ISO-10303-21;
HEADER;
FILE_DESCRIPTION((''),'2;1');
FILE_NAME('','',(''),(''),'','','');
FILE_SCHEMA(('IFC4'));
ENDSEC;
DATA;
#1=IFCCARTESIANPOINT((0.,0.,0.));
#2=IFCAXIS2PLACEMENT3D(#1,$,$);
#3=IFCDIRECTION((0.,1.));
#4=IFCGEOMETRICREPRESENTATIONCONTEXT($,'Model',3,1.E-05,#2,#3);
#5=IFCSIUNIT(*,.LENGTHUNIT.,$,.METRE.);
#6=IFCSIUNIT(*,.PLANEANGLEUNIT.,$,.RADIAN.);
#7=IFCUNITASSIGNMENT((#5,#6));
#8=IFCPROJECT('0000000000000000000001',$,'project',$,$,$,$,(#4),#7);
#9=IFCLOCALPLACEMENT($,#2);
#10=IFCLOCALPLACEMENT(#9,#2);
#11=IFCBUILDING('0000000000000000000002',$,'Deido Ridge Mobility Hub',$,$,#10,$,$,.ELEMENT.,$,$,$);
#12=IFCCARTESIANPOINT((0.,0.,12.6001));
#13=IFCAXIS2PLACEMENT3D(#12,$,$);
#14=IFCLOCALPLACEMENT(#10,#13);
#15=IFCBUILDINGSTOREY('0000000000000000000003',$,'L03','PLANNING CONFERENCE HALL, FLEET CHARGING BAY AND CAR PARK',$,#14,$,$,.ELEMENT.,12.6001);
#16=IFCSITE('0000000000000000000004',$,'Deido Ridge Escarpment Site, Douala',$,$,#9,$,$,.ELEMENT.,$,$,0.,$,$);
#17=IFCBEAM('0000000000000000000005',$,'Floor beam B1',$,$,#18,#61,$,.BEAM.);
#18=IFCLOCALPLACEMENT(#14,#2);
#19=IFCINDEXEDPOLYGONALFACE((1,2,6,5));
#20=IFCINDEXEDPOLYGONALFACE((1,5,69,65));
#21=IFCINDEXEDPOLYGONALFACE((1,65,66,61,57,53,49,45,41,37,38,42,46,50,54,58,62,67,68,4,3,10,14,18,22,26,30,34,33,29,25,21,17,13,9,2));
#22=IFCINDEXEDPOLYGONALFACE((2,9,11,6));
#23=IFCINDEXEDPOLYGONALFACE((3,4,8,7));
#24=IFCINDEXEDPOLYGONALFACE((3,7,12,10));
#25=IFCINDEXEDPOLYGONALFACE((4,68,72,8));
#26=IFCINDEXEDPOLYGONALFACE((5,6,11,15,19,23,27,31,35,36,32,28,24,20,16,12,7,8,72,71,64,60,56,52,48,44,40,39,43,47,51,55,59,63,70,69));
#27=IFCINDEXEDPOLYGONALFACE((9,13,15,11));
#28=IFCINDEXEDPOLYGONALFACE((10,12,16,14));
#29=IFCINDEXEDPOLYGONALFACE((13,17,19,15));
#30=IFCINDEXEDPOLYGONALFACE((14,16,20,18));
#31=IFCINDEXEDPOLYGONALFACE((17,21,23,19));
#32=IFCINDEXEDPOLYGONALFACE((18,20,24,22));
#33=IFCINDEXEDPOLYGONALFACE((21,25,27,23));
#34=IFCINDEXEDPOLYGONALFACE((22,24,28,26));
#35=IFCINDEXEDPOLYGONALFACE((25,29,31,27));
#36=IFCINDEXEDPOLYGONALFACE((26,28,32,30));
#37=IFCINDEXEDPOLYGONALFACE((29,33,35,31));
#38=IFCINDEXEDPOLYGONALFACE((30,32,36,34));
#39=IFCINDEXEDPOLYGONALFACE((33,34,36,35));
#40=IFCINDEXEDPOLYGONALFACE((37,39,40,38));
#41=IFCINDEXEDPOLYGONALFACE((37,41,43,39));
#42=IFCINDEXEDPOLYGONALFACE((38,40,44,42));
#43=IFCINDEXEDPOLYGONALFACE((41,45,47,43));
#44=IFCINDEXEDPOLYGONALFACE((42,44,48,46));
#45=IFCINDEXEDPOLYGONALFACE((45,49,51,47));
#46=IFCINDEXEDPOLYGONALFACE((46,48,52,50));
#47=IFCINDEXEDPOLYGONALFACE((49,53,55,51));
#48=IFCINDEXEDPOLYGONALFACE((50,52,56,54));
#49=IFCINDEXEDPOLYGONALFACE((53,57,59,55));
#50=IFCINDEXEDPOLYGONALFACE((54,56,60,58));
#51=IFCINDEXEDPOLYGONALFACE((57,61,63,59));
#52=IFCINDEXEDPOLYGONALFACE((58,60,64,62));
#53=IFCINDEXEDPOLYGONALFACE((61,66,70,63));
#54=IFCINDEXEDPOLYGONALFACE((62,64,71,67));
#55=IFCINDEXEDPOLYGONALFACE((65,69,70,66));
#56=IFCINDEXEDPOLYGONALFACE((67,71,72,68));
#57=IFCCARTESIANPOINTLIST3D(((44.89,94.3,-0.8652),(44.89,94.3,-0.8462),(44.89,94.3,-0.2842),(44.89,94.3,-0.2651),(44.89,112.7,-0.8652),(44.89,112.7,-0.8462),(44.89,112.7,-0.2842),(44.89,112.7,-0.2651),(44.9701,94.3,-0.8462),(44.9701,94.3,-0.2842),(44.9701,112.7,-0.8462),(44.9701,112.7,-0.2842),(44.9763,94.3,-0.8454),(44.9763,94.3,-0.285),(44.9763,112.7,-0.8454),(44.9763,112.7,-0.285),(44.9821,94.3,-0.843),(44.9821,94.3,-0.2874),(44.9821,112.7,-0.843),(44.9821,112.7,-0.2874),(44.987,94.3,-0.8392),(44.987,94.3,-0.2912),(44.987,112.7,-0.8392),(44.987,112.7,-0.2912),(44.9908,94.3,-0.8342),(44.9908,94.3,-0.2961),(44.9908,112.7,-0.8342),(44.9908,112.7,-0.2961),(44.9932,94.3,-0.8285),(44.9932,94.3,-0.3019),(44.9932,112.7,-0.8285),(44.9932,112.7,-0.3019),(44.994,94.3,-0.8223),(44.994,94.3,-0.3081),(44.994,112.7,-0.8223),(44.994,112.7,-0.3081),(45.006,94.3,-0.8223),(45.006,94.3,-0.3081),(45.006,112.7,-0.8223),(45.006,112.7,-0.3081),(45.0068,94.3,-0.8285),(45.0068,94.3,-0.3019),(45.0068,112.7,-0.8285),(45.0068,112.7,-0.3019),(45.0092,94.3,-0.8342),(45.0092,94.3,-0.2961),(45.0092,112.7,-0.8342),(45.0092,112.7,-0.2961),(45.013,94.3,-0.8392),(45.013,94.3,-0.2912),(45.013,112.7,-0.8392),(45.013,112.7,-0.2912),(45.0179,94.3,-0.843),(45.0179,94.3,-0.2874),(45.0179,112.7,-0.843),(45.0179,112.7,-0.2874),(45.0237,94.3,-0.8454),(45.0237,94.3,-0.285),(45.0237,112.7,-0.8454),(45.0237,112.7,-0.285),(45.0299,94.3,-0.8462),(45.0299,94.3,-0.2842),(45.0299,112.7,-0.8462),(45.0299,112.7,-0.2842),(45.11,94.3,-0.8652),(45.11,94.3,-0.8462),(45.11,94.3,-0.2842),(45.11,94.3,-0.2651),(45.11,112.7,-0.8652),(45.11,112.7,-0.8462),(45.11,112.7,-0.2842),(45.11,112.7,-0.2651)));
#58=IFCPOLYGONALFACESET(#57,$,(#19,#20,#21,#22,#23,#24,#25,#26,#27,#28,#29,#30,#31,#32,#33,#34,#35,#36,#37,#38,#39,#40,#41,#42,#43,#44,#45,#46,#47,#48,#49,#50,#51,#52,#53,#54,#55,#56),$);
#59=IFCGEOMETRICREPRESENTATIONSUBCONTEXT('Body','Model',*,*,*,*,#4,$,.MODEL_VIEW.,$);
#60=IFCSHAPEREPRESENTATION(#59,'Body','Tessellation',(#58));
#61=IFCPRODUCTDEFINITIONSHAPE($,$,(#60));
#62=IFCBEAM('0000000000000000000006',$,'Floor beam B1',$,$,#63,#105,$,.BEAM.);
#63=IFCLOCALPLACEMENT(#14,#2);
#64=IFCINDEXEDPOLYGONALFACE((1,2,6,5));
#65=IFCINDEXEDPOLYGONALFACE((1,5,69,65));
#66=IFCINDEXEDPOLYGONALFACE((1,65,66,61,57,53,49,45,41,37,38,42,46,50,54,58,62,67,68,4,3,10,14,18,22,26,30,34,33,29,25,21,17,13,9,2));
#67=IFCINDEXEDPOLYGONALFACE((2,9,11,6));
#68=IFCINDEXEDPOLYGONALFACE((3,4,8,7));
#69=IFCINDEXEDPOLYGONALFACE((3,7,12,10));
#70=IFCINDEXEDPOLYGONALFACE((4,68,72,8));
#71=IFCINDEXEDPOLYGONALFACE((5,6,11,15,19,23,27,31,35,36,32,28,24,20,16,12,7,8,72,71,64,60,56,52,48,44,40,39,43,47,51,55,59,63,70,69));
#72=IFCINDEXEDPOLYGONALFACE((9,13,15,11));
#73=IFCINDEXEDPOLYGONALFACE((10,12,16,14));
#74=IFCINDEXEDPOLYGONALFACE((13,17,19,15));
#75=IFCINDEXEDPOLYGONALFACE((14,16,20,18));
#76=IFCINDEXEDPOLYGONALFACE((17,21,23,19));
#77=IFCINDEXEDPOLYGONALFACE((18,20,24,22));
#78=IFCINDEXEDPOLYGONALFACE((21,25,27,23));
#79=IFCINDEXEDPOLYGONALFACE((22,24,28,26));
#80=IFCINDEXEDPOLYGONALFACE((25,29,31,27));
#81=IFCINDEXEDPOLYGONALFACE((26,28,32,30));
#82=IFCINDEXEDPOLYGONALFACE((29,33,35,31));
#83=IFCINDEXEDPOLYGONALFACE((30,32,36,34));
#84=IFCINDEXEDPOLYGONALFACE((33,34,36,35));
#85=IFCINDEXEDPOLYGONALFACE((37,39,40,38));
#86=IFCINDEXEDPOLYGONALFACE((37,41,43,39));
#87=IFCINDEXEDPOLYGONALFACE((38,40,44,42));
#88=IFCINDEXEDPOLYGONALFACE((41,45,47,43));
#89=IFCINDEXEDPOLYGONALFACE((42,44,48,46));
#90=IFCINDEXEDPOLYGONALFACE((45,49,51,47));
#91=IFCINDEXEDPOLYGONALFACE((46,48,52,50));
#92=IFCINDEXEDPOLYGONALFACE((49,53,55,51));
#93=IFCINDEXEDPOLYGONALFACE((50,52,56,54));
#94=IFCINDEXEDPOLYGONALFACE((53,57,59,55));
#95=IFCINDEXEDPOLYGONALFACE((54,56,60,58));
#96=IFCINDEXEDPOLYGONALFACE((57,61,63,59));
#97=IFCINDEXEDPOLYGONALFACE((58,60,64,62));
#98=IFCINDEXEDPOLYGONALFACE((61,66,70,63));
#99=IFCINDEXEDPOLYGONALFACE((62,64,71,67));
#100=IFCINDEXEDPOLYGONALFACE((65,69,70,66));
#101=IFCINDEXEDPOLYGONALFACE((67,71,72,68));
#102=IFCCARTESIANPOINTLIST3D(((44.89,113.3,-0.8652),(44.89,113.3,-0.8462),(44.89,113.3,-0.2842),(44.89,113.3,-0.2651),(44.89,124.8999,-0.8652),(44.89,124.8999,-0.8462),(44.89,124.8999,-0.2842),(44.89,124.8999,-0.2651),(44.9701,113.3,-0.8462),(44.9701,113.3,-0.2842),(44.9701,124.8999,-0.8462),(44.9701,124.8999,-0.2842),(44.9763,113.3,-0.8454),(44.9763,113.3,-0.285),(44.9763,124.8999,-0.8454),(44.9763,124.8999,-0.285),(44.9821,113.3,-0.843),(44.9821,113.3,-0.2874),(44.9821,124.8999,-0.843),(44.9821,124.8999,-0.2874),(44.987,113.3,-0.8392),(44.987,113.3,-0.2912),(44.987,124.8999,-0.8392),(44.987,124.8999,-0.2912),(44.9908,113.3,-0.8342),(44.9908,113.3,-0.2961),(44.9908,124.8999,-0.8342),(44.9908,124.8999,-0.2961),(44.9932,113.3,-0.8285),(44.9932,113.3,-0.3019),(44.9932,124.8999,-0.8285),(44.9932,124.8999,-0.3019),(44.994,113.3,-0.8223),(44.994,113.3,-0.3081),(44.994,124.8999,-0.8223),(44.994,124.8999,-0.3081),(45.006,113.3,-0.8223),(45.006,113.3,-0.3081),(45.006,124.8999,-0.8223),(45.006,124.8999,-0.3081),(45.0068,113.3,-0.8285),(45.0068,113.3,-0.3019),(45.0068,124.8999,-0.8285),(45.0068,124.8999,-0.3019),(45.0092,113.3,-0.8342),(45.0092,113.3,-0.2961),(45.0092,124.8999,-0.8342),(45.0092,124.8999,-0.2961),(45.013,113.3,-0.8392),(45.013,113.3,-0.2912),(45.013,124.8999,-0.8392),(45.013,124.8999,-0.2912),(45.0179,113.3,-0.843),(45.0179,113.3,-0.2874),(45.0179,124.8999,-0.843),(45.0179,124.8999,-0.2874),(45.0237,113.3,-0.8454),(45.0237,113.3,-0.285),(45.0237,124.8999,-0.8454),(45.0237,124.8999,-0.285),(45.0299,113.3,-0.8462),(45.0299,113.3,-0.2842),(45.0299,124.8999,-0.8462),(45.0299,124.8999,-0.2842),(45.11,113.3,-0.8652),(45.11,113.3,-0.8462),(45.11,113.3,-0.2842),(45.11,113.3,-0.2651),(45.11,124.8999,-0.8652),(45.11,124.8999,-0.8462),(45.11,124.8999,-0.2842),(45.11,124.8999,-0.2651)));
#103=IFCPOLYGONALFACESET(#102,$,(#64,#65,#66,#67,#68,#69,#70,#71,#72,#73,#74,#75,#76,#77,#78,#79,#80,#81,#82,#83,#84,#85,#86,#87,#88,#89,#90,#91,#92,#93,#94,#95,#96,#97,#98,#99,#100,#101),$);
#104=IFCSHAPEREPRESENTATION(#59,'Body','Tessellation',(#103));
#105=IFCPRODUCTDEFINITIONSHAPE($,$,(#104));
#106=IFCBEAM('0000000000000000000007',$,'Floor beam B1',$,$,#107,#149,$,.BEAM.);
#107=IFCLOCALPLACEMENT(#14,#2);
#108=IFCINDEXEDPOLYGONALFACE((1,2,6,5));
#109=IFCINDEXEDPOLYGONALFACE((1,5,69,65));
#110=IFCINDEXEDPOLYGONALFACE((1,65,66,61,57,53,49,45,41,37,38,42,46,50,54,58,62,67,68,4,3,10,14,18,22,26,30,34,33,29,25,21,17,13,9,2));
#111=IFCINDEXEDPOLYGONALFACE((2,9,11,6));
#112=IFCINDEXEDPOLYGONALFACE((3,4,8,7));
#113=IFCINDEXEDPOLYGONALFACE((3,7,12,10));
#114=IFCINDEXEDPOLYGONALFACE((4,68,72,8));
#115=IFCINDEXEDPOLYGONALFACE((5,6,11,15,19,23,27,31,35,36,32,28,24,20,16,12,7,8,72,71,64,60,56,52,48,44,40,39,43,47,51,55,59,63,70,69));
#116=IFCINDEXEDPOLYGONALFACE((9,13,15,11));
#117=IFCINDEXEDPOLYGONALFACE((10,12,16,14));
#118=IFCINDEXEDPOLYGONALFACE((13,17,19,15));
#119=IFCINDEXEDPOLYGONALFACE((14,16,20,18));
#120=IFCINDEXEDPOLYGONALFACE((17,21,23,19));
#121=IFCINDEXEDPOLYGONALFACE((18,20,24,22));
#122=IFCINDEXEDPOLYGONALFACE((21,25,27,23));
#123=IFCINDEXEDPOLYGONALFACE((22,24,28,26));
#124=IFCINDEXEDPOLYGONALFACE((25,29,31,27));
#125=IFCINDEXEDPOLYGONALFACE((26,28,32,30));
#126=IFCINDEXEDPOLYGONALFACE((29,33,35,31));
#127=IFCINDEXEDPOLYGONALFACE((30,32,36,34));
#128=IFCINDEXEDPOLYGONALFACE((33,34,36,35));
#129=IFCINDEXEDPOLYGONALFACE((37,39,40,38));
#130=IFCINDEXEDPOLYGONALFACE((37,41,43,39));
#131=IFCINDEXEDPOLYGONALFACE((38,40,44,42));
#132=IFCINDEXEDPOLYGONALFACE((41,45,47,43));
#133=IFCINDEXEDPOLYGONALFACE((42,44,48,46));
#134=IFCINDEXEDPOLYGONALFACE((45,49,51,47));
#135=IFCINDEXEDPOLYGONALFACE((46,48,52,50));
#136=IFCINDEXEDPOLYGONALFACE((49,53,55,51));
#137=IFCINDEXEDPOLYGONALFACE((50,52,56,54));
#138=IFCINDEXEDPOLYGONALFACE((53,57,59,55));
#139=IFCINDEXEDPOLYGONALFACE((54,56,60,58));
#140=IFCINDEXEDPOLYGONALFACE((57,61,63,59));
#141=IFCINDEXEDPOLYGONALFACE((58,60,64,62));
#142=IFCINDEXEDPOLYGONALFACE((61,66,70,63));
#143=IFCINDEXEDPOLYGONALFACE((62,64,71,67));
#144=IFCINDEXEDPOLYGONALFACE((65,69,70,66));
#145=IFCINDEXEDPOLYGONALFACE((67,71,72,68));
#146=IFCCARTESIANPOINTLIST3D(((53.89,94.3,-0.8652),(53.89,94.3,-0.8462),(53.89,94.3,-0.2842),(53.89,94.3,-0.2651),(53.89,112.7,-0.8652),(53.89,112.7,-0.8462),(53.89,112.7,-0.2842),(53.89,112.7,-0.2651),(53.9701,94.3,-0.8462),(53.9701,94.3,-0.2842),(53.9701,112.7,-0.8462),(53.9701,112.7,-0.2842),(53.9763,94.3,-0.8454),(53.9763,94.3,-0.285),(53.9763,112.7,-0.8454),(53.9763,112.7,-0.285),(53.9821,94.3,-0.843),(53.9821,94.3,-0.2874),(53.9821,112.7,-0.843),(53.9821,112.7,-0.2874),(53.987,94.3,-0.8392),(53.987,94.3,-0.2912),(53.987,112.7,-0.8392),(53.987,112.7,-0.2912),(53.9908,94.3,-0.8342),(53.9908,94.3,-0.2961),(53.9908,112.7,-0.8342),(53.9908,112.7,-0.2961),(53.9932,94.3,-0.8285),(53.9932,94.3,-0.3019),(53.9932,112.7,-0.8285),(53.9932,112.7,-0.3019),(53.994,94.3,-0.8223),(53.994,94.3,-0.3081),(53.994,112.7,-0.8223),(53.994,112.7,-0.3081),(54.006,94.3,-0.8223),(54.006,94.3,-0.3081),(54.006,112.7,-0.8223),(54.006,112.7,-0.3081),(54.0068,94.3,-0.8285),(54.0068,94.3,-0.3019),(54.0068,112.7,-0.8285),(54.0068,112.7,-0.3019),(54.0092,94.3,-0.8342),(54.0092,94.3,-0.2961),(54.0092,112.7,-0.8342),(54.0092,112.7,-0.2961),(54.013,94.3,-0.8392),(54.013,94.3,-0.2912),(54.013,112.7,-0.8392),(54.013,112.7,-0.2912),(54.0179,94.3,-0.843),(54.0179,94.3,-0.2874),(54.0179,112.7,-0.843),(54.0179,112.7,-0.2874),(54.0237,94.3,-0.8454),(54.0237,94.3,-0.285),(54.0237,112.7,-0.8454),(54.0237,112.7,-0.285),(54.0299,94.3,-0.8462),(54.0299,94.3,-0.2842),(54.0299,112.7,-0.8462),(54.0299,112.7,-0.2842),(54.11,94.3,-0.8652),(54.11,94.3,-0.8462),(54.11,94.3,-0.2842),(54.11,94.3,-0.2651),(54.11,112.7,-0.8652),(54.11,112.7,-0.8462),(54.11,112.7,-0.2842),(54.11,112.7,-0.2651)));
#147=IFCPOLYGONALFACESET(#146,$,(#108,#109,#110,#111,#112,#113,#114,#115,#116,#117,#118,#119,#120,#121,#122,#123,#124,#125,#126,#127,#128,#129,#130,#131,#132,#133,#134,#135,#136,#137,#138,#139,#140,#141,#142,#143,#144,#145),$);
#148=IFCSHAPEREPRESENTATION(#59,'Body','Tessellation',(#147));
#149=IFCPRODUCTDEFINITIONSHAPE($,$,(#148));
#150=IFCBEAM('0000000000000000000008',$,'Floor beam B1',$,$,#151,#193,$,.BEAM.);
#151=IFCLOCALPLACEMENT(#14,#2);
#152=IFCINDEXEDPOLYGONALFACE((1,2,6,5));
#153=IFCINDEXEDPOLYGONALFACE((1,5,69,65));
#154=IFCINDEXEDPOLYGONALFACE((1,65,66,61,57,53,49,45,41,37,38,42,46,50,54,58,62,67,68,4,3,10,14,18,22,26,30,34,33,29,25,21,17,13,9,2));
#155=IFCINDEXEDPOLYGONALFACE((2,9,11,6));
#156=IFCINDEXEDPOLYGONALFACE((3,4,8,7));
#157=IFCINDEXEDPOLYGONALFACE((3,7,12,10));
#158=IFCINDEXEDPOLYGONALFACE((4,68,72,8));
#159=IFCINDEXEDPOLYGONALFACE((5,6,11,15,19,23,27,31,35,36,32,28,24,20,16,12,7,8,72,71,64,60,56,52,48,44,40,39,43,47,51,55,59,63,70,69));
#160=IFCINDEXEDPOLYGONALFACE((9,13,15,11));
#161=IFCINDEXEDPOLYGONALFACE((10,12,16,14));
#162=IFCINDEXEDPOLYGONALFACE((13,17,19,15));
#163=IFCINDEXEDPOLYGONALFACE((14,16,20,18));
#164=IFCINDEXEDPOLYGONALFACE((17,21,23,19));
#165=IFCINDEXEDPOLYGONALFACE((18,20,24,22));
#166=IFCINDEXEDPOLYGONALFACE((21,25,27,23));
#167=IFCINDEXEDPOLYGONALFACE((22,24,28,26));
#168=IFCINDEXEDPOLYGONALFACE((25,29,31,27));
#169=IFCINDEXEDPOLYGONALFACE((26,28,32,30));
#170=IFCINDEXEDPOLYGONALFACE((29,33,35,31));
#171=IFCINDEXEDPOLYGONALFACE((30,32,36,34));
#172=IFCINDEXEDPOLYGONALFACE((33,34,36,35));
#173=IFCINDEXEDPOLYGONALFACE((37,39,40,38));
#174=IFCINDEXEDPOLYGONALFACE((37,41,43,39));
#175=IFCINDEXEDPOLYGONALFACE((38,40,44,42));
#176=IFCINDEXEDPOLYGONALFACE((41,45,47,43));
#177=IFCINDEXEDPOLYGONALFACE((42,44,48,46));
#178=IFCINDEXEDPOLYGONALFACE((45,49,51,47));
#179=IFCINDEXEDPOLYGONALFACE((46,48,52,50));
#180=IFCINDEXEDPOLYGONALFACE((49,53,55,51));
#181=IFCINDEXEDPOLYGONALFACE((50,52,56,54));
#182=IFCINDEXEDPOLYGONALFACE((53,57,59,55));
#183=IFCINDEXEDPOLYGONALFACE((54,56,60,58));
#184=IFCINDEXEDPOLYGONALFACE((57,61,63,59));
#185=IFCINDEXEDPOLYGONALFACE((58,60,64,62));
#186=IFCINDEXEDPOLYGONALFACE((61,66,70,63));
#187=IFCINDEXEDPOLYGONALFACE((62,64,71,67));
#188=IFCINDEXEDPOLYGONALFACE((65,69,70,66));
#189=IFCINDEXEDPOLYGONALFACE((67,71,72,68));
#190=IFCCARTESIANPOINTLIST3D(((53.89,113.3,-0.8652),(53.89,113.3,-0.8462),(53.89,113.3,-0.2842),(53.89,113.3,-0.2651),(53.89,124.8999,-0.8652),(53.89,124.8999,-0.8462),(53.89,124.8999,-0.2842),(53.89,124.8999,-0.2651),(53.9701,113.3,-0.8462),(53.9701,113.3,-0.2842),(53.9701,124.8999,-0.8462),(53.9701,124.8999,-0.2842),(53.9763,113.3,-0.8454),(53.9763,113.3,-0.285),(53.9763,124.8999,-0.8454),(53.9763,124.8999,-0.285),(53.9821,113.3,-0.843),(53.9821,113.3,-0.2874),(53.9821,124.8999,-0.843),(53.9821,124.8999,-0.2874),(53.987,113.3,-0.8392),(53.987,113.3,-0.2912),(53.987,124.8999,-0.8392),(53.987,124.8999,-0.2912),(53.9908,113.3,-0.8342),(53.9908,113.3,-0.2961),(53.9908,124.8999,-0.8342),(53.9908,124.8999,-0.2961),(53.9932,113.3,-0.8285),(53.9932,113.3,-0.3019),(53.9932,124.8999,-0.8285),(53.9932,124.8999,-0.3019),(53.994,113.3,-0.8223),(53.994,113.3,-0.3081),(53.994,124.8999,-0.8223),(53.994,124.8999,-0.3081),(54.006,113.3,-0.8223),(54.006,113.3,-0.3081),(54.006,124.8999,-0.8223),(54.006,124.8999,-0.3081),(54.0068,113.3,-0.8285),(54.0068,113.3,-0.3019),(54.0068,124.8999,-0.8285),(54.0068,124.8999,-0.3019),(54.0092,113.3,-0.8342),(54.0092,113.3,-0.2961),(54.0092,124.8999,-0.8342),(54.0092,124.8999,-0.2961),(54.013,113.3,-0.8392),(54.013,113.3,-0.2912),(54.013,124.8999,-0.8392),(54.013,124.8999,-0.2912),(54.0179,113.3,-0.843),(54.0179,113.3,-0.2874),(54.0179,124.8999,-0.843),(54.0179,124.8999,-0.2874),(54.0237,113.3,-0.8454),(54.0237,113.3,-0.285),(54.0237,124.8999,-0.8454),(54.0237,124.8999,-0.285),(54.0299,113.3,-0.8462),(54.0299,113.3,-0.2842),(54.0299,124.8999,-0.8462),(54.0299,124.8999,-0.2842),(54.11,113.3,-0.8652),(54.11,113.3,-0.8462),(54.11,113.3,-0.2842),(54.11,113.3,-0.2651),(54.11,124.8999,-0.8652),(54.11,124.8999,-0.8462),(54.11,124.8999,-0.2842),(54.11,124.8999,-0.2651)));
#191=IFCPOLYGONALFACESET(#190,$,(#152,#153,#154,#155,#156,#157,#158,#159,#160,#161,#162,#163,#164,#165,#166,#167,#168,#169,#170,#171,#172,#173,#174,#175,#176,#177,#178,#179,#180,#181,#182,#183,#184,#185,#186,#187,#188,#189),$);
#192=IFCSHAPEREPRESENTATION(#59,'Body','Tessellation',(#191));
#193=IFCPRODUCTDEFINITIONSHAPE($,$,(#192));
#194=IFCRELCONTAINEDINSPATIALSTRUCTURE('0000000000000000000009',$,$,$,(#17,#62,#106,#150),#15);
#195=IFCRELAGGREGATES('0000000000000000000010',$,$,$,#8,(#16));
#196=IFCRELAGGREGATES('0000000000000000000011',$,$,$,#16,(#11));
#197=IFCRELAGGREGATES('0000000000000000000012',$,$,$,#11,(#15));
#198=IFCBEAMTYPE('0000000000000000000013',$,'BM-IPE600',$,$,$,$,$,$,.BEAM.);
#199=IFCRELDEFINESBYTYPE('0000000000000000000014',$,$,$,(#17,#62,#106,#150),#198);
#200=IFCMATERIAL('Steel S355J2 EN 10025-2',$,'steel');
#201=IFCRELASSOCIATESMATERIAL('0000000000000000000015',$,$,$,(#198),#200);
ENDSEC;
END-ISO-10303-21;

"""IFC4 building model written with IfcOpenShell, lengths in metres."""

from ifc_helpers import new_model, si_unit, direction, frame, origin, origin_2d, place, context, subcontext, project, spatial, i_section, extrude, material, material_profile, profile_set, type_object, element, save


model = new_model("IFC4")

# Units and contexts
model_context = context("Model", 3, precision=1e-05, world=origin(), true_north=direction((0.0, 1.0)))
body_context = subcontext(model_context, "Body", "Model", "MODEL_VIEW")
ifc_project = project(units=[si_unit("LENGTHUNIT", "METRE"), si_unit("PLANEANGLEUNIT", "RADIAN")], contexts=[model_context])

# Site, building, storey
site_placement = place(None, origin())
site = spatial("IfcSite", under=ifc_project, at=site_placement, Name="Deido Ridge Escarpment Site, Douala", CompositionType="ELEMENT", RefElevation=0.0)
building_placement = place(site_placement, origin())
building = spatial("IfcBuilding", under=site, at=building_placement, Name="Deido Ridge Mobility Hub", CompositionType="ELEMENT")
storey_placement = place(building_placement, frame((0.0, 0.0, 12.6001)))
storey = spatial("IfcBuildingStorey", under=building, at=storey_placement, Name="L03", Description="PLANNING CONFERENCE HALL, FLEET CHARGING BAY AND CAR PARK", CompositionType="ELEMENT", Elevation=12.6001)

# Shared definitions
ifc_material_1 = material(Name="Steel S355J2 EN 10025-2", Category="steel")

# Beams
ifc_material_profile_1 = material_profile(ifc_material_1, i_section(OverallWidth=0.22, OverallDepth=0.6001, WebThickness=0.012, FlangeThickness=0.019, FilletRadius=0.0239, at=origin_2d()), Name="IPE 600")
ifc_profile_set_1 = profile_set([ifc_material_profile_1], Name="Steel S355J2 EN 10025-2")
beam_type_1 = type_object("IfcBeamType", Name="BM-IPE600", PredefinedType="BEAM", material=ifc_profile_set_1)
beam_1_placement = place(storey_placement, frame((45.0, 94.3, -0.5652), z_axis=(0.0, 1.0, 0.0), x_axis=(-1.0, 0.0, 0.0)))
element("IfcBeam", 1, at=beam_1_placement, inside=storey, type_object=beam_type_1, Name="Floor beam B1", PredefinedType="BEAM", context=body_context, shape_type="SweptSolid", body=[
    extrude(i_section(OverallWidth=0.22, OverallDepth=0.6001, WebThickness=0.012, FlangeThickness=0.019, FilletRadius=0.0239, at=origin_2d()), origin(), (0.0, 0.0, 1.0), 18.3999),
])
beam_2_placement = place(storey_placement, frame((45.0, 113.3, -0.5652), z_axis=(0.0, 1.0, 0.0), x_axis=(-1.0, 0.0, 0.0)))
element("IfcBeam", 2, at=beam_2_placement, inside=storey, type_object=beam_type_1, Name="Floor beam B1", PredefinedType="BEAM", context=body_context, shape_type="SweptSolid", body=[
    extrude(i_section(OverallWidth=0.22, OverallDepth=0.6001, WebThickness=0.012, FlangeThickness=0.019, FilletRadius=0.0239, at=origin_2d()), origin(), (0.0, 0.0, 1.0), 11.5999),
])
beam_3_placement = place(storey_placement, frame((54.0, 94.3, -0.5652), z_axis=(0.0, 1.0, 0.0), x_axis=(-1.0, 0.0, 0.0)))
element("IfcBeam", 3, at=beam_3_placement, inside=storey, type_object=beam_type_1, Name="Floor beam B1", PredefinedType="BEAM", context=body_context, shape_type="SweptSolid", body=[
    extrude(i_section(OverallWidth=0.22, OverallDepth=0.6001, WebThickness=0.012, FlangeThickness=0.019, FilletRadius=0.0239, at=origin_2d()), origin(), (0.0, 0.0, 1.0), 18.3999),
])
beam_4_placement = place(storey_placement, frame((54.0, 113.3, -0.5652), z_axis=(0.0, 1.0, 0.0), x_axis=(-1.0, 0.0, 0.0)))
element("IfcBeam", 4, at=beam_4_placement, inside=storey, type_object=beam_type_1, Name="Floor beam B1", PredefinedType="BEAM", context=body_context, shape_type="SweptSolid", body=[
    extrude(i_section(OverallWidth=0.22, OverallDepth=0.6001, WebThickness=0.012, FlangeThickness=0.019, FilletRadius=0.0239, at=origin_2d()), origin(), (0.0, 0.0, 1.0), 11.5999),
])

save(model, "model.ifc")
